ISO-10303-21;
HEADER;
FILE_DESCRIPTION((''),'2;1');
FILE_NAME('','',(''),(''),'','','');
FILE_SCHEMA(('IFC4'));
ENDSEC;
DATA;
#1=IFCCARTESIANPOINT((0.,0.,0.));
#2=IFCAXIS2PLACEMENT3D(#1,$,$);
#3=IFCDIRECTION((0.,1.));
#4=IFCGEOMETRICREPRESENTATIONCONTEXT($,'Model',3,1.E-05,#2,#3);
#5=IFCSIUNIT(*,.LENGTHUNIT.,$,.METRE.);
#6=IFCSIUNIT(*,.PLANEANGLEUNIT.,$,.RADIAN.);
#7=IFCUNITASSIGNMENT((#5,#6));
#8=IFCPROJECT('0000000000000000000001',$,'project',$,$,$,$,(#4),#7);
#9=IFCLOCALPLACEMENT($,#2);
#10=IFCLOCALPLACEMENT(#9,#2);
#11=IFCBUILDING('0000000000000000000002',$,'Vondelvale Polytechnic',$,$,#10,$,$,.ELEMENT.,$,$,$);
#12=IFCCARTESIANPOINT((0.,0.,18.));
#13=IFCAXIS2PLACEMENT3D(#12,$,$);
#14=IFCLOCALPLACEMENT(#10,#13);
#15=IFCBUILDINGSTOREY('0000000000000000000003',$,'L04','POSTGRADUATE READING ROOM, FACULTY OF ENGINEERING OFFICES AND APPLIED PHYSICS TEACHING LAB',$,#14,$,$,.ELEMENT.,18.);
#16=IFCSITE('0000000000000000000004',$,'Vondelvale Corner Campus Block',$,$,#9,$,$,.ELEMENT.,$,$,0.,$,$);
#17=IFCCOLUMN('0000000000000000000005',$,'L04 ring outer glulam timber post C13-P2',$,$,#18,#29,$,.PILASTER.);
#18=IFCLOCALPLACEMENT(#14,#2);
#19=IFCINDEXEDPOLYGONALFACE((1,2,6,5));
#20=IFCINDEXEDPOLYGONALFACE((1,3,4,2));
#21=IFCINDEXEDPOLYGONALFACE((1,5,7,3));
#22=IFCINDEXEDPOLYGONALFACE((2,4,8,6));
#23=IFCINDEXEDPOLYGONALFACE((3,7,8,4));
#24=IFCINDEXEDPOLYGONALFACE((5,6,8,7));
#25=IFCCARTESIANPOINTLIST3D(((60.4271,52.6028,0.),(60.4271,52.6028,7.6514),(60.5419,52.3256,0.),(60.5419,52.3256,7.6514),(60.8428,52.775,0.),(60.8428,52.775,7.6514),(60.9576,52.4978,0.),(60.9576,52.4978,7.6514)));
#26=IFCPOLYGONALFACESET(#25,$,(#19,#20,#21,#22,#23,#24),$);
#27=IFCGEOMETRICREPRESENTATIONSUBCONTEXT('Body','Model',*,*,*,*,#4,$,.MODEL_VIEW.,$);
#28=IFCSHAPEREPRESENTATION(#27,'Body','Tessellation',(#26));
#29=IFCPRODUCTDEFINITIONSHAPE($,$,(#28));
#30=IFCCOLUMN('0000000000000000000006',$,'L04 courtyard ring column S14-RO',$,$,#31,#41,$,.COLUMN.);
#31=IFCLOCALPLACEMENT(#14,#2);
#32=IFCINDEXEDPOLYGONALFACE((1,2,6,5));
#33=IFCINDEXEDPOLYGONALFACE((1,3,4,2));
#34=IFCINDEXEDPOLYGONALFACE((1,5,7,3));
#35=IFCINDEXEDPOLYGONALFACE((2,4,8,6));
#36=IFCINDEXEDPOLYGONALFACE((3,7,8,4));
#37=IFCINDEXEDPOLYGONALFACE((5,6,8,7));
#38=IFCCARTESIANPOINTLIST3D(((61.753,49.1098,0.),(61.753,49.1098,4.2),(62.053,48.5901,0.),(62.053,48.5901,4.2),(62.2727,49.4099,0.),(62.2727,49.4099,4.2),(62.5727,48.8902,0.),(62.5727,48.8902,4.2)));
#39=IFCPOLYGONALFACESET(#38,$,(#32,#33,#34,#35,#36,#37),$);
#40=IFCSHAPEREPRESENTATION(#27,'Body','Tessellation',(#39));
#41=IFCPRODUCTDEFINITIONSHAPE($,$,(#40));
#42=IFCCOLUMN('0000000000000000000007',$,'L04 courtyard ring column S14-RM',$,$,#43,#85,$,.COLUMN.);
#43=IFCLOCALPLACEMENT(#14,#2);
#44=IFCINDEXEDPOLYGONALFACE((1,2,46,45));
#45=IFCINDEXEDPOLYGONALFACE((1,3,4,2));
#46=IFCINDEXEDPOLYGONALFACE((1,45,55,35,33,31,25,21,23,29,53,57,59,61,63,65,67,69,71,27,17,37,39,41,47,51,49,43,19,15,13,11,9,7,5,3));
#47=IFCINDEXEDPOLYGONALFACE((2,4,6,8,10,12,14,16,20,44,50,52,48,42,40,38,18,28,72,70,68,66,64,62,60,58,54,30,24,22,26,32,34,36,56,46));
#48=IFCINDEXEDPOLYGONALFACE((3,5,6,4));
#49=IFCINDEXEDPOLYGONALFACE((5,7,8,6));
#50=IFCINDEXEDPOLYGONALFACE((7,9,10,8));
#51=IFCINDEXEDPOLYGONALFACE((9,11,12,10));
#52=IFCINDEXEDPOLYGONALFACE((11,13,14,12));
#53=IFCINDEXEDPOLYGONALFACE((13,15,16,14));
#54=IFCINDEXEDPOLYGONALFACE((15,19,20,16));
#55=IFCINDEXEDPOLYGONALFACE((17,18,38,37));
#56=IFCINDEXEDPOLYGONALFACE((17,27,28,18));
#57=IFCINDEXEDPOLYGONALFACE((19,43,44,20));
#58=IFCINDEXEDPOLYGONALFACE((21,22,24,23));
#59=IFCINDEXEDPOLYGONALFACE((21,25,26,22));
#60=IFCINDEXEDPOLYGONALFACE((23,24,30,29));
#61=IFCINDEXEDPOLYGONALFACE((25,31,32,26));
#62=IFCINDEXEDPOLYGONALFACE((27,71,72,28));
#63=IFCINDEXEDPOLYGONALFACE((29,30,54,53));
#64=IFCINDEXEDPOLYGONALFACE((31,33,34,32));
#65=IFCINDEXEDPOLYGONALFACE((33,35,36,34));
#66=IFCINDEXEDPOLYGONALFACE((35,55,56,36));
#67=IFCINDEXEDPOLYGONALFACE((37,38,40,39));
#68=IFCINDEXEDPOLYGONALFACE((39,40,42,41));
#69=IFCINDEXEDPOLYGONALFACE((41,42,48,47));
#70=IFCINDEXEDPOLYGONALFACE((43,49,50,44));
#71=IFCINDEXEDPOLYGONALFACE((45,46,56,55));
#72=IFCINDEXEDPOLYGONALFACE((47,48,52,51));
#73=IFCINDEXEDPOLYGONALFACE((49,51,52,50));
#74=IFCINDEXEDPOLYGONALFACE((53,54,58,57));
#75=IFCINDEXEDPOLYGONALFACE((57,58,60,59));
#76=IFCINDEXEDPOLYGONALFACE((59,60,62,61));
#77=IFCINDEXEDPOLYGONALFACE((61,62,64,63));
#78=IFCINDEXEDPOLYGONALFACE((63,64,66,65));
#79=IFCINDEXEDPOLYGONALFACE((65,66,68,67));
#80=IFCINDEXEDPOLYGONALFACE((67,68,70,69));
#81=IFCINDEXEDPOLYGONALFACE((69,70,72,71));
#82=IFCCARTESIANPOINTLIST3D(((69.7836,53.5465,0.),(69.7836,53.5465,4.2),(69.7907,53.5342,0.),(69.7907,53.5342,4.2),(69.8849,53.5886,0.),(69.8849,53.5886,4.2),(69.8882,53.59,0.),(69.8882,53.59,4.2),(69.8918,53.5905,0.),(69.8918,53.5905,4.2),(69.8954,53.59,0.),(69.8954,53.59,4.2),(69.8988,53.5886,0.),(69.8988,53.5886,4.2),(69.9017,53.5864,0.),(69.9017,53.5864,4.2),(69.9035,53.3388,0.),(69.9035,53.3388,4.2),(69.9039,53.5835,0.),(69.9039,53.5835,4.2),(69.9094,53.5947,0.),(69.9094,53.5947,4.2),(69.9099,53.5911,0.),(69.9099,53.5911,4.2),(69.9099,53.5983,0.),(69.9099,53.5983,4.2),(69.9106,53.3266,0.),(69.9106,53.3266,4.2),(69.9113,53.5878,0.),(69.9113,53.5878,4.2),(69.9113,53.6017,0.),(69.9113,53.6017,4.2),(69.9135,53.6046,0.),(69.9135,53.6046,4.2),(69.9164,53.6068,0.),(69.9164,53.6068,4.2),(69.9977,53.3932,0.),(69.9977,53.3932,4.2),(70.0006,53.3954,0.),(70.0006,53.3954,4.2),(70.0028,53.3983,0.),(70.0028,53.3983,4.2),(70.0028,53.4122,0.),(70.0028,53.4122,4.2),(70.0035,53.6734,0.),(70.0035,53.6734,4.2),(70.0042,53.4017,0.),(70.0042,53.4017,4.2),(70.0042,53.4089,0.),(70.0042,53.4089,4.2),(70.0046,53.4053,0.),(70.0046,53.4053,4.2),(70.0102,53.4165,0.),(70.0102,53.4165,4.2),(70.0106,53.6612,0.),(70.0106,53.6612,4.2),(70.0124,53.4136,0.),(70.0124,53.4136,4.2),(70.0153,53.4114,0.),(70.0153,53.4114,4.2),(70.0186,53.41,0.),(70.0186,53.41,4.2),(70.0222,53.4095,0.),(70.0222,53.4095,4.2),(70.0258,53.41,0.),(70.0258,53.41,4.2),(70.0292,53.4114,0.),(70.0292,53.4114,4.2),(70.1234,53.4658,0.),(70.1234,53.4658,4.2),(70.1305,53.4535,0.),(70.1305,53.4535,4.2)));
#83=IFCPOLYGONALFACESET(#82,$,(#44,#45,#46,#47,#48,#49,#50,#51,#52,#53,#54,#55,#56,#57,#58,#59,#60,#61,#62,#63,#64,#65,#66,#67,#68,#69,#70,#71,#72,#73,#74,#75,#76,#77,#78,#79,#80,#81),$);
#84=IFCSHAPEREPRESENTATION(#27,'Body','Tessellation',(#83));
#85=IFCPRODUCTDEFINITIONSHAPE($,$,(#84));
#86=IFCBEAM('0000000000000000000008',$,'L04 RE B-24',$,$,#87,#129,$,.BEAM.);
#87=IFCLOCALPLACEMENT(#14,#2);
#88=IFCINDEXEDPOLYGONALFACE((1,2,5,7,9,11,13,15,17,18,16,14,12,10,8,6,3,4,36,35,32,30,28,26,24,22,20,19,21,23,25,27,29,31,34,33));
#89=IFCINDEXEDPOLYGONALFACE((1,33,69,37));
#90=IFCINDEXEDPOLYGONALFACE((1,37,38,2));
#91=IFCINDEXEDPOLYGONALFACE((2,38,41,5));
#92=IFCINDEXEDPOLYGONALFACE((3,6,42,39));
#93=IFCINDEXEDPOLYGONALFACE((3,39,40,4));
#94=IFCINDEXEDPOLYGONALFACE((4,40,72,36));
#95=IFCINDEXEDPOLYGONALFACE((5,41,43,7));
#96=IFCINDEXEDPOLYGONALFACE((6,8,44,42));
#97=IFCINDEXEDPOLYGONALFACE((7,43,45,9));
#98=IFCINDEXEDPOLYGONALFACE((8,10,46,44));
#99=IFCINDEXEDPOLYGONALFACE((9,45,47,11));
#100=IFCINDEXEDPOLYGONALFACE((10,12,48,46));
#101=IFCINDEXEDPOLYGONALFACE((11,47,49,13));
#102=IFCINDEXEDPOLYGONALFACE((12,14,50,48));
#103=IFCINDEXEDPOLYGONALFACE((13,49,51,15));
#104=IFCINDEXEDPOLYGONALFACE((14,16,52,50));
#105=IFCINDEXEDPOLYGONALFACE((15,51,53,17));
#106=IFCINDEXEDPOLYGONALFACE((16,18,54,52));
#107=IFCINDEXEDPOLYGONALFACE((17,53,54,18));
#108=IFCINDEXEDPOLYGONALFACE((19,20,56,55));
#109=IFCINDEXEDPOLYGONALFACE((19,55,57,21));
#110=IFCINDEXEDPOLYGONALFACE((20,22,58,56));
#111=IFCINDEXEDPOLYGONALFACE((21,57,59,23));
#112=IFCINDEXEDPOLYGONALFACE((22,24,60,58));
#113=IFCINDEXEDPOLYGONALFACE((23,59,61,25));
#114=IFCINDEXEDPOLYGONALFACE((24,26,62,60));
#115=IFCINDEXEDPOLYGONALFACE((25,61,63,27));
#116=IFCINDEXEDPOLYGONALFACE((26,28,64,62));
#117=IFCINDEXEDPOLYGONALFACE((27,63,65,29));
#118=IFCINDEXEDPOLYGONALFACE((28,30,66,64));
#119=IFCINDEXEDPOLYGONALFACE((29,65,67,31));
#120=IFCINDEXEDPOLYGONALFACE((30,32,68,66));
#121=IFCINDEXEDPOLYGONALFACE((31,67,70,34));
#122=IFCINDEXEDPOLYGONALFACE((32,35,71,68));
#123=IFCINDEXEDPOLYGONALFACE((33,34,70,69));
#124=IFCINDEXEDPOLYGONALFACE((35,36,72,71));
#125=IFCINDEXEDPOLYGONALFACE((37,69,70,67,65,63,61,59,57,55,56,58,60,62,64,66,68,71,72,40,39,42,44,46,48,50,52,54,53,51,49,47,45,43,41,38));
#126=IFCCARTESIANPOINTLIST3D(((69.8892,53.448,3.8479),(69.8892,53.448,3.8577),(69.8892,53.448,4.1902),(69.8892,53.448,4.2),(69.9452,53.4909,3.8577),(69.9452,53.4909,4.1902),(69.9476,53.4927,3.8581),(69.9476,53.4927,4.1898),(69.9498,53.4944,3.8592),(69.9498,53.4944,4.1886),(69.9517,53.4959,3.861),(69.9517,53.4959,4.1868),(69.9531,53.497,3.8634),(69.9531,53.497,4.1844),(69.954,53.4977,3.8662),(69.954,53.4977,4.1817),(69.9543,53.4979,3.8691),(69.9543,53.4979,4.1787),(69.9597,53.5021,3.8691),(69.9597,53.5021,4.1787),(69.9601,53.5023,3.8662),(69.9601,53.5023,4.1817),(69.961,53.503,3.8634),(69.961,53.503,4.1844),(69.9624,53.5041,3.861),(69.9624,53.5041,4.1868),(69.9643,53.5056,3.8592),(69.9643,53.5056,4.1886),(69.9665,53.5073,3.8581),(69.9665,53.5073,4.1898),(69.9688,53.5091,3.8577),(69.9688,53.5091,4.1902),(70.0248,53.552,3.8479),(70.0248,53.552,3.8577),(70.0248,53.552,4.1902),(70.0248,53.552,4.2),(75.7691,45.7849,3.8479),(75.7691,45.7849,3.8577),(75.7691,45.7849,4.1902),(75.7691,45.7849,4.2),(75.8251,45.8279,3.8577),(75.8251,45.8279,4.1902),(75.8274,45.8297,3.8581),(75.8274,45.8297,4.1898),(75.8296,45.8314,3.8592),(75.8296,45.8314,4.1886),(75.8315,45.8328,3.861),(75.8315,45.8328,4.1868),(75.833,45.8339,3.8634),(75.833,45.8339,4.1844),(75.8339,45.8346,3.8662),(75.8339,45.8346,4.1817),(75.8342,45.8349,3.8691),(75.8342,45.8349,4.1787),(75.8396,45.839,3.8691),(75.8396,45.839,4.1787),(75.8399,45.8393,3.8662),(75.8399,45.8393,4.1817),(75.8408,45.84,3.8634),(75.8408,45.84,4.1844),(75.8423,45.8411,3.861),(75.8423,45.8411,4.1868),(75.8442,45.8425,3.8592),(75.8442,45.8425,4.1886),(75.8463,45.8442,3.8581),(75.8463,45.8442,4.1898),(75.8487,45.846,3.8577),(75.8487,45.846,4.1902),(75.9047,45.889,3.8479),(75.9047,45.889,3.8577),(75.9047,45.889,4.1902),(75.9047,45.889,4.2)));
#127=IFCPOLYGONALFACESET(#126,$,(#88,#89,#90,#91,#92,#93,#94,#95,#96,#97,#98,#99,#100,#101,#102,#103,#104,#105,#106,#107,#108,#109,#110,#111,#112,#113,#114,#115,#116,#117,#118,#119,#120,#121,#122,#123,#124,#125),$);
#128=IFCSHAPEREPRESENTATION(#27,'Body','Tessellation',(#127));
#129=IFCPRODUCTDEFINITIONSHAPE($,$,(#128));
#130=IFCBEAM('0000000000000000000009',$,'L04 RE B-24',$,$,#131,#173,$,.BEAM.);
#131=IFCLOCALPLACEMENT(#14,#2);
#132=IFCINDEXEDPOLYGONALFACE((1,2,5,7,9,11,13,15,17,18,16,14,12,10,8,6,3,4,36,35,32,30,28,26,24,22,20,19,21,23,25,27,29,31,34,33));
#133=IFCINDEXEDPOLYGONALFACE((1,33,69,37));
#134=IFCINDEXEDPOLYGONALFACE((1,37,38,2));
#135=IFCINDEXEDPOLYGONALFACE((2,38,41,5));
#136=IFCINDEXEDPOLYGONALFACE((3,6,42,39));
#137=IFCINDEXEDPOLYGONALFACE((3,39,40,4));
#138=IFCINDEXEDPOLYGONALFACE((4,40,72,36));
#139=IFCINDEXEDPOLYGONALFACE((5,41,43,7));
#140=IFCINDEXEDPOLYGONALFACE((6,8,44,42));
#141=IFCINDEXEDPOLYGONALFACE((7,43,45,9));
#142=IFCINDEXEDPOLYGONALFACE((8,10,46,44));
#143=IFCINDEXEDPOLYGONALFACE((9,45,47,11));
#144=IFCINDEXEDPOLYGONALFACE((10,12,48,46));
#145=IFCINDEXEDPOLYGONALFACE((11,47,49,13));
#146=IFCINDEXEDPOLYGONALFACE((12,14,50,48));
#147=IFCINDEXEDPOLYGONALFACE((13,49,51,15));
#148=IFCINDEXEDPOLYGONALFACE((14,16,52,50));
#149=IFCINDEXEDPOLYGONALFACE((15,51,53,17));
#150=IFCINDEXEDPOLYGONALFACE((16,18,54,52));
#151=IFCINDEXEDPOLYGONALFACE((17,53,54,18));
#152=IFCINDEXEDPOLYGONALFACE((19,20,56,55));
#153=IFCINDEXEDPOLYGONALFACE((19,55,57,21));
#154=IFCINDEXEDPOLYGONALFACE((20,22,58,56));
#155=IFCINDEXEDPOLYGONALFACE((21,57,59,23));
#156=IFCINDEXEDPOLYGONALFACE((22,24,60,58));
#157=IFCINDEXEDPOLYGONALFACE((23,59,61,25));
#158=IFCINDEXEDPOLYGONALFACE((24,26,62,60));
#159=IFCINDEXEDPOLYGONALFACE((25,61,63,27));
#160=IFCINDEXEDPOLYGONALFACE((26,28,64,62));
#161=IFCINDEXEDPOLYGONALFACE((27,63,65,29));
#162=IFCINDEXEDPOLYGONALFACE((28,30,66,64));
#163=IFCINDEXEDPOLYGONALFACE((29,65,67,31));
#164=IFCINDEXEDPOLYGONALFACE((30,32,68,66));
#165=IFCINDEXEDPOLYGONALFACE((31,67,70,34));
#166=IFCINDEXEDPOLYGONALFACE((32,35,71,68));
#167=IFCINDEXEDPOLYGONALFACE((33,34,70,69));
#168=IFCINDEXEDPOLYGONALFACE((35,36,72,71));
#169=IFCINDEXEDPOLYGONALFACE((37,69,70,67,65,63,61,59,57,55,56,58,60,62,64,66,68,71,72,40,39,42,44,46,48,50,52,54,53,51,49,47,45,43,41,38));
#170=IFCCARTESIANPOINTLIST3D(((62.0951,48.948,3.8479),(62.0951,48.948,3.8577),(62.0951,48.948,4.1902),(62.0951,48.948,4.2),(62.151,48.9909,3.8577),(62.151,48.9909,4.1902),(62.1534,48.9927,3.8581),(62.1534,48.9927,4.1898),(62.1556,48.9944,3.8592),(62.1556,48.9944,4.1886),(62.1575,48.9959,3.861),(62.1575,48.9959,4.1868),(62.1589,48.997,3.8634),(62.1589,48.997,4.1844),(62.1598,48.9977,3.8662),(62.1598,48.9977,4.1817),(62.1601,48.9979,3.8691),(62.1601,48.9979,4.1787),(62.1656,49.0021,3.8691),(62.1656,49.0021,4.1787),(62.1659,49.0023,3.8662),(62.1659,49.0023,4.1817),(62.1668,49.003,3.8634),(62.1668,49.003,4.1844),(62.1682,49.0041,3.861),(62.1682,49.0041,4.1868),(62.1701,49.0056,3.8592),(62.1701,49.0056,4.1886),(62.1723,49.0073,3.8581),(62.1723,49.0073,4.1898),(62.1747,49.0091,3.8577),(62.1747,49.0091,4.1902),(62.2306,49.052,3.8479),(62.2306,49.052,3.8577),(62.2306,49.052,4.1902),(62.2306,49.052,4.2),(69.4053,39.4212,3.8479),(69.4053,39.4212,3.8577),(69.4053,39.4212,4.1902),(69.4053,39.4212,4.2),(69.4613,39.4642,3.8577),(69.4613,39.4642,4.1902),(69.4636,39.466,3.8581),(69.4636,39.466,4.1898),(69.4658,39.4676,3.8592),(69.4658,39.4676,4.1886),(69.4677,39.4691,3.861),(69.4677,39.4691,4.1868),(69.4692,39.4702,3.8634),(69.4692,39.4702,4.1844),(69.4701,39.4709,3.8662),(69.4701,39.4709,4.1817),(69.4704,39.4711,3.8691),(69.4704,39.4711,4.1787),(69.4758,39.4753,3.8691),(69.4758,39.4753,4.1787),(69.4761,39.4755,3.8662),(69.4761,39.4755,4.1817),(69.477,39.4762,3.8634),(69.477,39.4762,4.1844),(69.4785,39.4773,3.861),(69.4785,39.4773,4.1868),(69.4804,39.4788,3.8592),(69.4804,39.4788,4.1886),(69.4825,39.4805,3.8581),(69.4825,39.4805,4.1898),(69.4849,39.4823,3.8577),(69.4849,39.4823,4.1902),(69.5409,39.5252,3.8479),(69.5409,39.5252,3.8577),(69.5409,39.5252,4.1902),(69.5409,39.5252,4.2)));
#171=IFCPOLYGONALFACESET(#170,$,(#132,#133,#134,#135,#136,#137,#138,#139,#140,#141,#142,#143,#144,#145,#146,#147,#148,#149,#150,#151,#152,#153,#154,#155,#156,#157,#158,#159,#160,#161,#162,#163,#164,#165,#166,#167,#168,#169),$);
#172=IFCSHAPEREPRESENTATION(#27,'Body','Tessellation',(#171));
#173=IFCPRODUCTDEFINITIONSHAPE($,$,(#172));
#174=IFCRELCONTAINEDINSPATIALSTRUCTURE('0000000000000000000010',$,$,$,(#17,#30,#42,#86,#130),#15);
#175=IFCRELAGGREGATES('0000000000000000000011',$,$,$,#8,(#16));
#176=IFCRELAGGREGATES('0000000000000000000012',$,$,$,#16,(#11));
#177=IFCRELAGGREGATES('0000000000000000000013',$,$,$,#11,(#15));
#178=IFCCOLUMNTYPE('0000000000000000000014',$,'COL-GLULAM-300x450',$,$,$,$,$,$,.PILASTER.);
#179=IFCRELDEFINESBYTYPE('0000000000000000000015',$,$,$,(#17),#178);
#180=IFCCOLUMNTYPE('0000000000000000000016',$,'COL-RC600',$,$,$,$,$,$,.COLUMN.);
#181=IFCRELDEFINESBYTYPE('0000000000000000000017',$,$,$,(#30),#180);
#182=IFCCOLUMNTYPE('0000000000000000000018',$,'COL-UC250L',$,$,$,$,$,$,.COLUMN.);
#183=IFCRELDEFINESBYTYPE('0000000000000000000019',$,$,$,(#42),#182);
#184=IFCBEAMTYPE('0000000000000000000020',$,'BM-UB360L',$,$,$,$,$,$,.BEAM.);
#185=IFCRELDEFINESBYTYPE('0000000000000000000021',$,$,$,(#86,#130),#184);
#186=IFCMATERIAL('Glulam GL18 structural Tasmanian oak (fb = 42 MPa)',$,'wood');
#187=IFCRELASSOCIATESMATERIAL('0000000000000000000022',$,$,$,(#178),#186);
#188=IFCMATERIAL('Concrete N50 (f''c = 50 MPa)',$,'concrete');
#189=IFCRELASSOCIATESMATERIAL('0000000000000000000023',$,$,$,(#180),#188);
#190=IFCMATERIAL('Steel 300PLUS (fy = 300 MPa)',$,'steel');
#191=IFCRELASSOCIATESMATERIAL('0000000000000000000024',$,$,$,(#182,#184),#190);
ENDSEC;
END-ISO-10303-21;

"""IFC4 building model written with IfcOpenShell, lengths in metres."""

from ifc_helpers import new_model, si_unit, direction, frame, origin, origin_2d, place, context, subcontext, project, spatial, rectangle, i_section, extrude, material, material_profile, profile_set, type_object, element, save


model = new_model("IFC4")

# Units and contexts
model_context = context("Model", 3, precision=1e-05, world=origin(), true_north=direction((0.0, 1.0)))
body_context = subcontext(model_context, "Body", "Model", "MODEL_VIEW")
ifc_project = project(units=[si_unit("LENGTHUNIT", "METRE"), si_unit("PLANEANGLEUNIT", "RADIAN")], contexts=[model_context])

# Site, building, storey
site_placement = place(None, origin())
site = spatial("IfcSite", under=ifc_project, at=site_placement, Name="Vondelvale Corner Campus Block", CompositionType="ELEMENT", RefElevation=0.0)
building_placement = place(site_placement, origin())
building = spatial("IfcBuilding", under=site, at=building_placement, Name="Vondelvale Polytechnic", CompositionType="ELEMENT")
storey_placement = place(building_placement, frame((0.0, 0.0, 18.0)))
storey = spatial("IfcBuildingStorey", under=building, at=storey_placement, Name="L04", Description="POSTGRADUATE READING ROOM, FACULTY OF ENGINEERING OFFICES AND APPLIED PHYSICS TEACHING LAB", CompositionType="ELEMENT", Elevation=18.0)

# Columns
ifc_material_1 = material(Name="Glulam GL18 structural Tasmanian oak (fb = 42 MPa)", Category="wood")
ifc_material_profile_1 = material_profile(ifc_material_1, rectangle(XDim=0.3, YDim=0.45, at=origin_2d()), Name="GL-POST-300x450")
ifc_profile_set_1 = profile_set([ifc_material_profile_1], Name="Glulam GL18 structural Tasmanian oak (fb = 42 MPa)")
column_type_1 = type_object("IfcColumnType", Name="COL-GLULAM-300x450", PredefinedType="PILASTER", material=ifc_profile_set_1)
column_1_placement = place(storey_placement, frame((60.6924, 52.5503, 0.0), z_axis=(0.0, 0.0, 1.0), x_axis=(-0.382683, 0.92388, 0.0)))
element("IfcColumn", 1, at=column_1_placement, inside=storey, type_object=column_type_1, Name="L04 ring outer glulam timber post C13-P2", PredefinedType="PILASTER", context=body_context, shape_type="SweptSolid", body=[
    extrude(rectangle(XDim=0.3, YDim=0.45, at=origin_2d()), origin(), (0.0, 0.0, 1.0), 7.6514),
])
ifc_material_2 = material(Name="Concrete N50 (f'c = 50 MPa)", Category="concrete")
ifc_material_profile_2 = material_profile(ifc_material_2, rectangle(XDim=0.6001, YDim=0.6001, at=origin_2d()), Name="RC-COL-600x600")
ifc_profile_set_2 = profile_set([ifc_material_profile_2], Name="Concrete N50 (f'c = 50 MPa)")
column_type_2 = type_object("IfcColumnType", Name="COL-RC600", PredefinedType="COLUMN", material=ifc_profile_set_2)
column_2_placement = place(storey_placement, frame((62.1628, 49.0, 0.0), z_axis=(0.0, 0.0, 1.0), x_axis=(0.866025, 0.5, 0.0)))
element("IfcColumn", 2, at=column_2_placement, inside=storey, type_object=column_type_2, Name="L04 courtyard ring column S14-RO", PredefinedType="COLUMN", context=body_context, shape_type="SweptSolid", body=[
    extrude(rectangle(XDim=0.6001, YDim=0.6001, at=origin_2d()), origin(), (0.0, 0.0, 1.0), 4.2),
])
ifc_material_3 = material(Name="Steel 300PLUS (fy = 300 MPa)", Category="steel")
ifc_material_profile_3 = material_profile(ifc_material_3, i_section(OverallWidth=0.2539, OverallDepth=0.2539, WebThickness=0.0085, FlangeThickness=0.0142, FilletRadius=0.0139, at=origin_2d()), Name="250UC72.9")
ifc_profile_set_3 = profile_set([ifc_material_profile_3], Name="Steel 300PLUS (fy = 300 MPa)")
column_type_3 = type_object("IfcColumnType", Name="COL-UC250L", PredefinedType="COLUMN", material=ifc_profile_set_3)
column_3_placement = place(storey_placement, frame((69.957, 53.5, 0.0), z_axis=(0.0, 0.0, 1.0), x_axis=(0.866025, 0.5, 0.0)))
element("IfcColumn", 3, at=column_3_placement, inside=storey, type_object=column_type_3, Name="L04 courtyard ring column S14-RM", PredefinedType="COLUMN", context=body_context, shape_type="SweptSolid", body=[
    extrude(i_section(OverallWidth=0.2539, OverallDepth=0.2539, WebThickness=0.0085, FlangeThickness=0.0142, FilletRadius=0.0139, at=origin_2d()), origin(), (0.0, 0.0, 1.0), 4.2),
])

# Beams
ifc_material_profile_4 = material_profile(ifc_material_3, i_section(OverallWidth=0.1709, OverallDepth=0.3521, WebThickness=0.0068, FlangeThickness=0.0098, FilletRadius=0.0115, at=origin_2d()), Name="360UB44.7")
ifc_profile_set_4 = profile_set([ifc_material_profile_4], Name="Steel 300PLUS (fy = 300 MPa)")
beam_type_1 = type_object("IfcBeamType", Name="BM-UB360L", PredefinedType="BEAM", material=ifc_profile_set_4)
beam_1_placement = place(storey_placement, frame((69.957, 53.5, 4.0239), z_axis=(0.608748, -0.793364, 0.0), x_axis=(0.793364, 0.608748, 0.0)))
element("IfcBeam", 4, at=beam_1_placement, inside=storey, type_object=beam_type_1, Name="L04 RE B-24", PredefinedType="BEAM", context=body_context, shape_type="SweptSolid", body=[
    extrude(i_section(OverallWidth=0.1709, OverallDepth=0.3521, WebThickness=0.0068, FlangeThickness=0.0098, FilletRadius=0.0115, at=origin_2d()), origin(), (0.0, 0.0, 1.0), 9.6589),
])
beam_2_placement = place(storey_placement, frame((62.1628, 49.0, 4.0239), z_axis=(0.608766, -0.79335, 0.0), x_axis=(0.79335, 0.608766, 0.0)))
element("IfcBeam", 5, at=beam_2_placement, inside=storey, type_object=beam_type_1, Name="L04 RE B-24", PredefinedType="BEAM", context=body_context, shape_type="SweptSolid", body=[
    extrude(i_section(OverallWidth=0.1709, OverallDepth=0.3521, WebThickness=0.0068, FlangeThickness=0.0098, FilletRadius=0.0115, at=origin_2d()), origin(), (0.0, 0.0, 1.0), 12.0083),
])

save(model, "model.ifc")
